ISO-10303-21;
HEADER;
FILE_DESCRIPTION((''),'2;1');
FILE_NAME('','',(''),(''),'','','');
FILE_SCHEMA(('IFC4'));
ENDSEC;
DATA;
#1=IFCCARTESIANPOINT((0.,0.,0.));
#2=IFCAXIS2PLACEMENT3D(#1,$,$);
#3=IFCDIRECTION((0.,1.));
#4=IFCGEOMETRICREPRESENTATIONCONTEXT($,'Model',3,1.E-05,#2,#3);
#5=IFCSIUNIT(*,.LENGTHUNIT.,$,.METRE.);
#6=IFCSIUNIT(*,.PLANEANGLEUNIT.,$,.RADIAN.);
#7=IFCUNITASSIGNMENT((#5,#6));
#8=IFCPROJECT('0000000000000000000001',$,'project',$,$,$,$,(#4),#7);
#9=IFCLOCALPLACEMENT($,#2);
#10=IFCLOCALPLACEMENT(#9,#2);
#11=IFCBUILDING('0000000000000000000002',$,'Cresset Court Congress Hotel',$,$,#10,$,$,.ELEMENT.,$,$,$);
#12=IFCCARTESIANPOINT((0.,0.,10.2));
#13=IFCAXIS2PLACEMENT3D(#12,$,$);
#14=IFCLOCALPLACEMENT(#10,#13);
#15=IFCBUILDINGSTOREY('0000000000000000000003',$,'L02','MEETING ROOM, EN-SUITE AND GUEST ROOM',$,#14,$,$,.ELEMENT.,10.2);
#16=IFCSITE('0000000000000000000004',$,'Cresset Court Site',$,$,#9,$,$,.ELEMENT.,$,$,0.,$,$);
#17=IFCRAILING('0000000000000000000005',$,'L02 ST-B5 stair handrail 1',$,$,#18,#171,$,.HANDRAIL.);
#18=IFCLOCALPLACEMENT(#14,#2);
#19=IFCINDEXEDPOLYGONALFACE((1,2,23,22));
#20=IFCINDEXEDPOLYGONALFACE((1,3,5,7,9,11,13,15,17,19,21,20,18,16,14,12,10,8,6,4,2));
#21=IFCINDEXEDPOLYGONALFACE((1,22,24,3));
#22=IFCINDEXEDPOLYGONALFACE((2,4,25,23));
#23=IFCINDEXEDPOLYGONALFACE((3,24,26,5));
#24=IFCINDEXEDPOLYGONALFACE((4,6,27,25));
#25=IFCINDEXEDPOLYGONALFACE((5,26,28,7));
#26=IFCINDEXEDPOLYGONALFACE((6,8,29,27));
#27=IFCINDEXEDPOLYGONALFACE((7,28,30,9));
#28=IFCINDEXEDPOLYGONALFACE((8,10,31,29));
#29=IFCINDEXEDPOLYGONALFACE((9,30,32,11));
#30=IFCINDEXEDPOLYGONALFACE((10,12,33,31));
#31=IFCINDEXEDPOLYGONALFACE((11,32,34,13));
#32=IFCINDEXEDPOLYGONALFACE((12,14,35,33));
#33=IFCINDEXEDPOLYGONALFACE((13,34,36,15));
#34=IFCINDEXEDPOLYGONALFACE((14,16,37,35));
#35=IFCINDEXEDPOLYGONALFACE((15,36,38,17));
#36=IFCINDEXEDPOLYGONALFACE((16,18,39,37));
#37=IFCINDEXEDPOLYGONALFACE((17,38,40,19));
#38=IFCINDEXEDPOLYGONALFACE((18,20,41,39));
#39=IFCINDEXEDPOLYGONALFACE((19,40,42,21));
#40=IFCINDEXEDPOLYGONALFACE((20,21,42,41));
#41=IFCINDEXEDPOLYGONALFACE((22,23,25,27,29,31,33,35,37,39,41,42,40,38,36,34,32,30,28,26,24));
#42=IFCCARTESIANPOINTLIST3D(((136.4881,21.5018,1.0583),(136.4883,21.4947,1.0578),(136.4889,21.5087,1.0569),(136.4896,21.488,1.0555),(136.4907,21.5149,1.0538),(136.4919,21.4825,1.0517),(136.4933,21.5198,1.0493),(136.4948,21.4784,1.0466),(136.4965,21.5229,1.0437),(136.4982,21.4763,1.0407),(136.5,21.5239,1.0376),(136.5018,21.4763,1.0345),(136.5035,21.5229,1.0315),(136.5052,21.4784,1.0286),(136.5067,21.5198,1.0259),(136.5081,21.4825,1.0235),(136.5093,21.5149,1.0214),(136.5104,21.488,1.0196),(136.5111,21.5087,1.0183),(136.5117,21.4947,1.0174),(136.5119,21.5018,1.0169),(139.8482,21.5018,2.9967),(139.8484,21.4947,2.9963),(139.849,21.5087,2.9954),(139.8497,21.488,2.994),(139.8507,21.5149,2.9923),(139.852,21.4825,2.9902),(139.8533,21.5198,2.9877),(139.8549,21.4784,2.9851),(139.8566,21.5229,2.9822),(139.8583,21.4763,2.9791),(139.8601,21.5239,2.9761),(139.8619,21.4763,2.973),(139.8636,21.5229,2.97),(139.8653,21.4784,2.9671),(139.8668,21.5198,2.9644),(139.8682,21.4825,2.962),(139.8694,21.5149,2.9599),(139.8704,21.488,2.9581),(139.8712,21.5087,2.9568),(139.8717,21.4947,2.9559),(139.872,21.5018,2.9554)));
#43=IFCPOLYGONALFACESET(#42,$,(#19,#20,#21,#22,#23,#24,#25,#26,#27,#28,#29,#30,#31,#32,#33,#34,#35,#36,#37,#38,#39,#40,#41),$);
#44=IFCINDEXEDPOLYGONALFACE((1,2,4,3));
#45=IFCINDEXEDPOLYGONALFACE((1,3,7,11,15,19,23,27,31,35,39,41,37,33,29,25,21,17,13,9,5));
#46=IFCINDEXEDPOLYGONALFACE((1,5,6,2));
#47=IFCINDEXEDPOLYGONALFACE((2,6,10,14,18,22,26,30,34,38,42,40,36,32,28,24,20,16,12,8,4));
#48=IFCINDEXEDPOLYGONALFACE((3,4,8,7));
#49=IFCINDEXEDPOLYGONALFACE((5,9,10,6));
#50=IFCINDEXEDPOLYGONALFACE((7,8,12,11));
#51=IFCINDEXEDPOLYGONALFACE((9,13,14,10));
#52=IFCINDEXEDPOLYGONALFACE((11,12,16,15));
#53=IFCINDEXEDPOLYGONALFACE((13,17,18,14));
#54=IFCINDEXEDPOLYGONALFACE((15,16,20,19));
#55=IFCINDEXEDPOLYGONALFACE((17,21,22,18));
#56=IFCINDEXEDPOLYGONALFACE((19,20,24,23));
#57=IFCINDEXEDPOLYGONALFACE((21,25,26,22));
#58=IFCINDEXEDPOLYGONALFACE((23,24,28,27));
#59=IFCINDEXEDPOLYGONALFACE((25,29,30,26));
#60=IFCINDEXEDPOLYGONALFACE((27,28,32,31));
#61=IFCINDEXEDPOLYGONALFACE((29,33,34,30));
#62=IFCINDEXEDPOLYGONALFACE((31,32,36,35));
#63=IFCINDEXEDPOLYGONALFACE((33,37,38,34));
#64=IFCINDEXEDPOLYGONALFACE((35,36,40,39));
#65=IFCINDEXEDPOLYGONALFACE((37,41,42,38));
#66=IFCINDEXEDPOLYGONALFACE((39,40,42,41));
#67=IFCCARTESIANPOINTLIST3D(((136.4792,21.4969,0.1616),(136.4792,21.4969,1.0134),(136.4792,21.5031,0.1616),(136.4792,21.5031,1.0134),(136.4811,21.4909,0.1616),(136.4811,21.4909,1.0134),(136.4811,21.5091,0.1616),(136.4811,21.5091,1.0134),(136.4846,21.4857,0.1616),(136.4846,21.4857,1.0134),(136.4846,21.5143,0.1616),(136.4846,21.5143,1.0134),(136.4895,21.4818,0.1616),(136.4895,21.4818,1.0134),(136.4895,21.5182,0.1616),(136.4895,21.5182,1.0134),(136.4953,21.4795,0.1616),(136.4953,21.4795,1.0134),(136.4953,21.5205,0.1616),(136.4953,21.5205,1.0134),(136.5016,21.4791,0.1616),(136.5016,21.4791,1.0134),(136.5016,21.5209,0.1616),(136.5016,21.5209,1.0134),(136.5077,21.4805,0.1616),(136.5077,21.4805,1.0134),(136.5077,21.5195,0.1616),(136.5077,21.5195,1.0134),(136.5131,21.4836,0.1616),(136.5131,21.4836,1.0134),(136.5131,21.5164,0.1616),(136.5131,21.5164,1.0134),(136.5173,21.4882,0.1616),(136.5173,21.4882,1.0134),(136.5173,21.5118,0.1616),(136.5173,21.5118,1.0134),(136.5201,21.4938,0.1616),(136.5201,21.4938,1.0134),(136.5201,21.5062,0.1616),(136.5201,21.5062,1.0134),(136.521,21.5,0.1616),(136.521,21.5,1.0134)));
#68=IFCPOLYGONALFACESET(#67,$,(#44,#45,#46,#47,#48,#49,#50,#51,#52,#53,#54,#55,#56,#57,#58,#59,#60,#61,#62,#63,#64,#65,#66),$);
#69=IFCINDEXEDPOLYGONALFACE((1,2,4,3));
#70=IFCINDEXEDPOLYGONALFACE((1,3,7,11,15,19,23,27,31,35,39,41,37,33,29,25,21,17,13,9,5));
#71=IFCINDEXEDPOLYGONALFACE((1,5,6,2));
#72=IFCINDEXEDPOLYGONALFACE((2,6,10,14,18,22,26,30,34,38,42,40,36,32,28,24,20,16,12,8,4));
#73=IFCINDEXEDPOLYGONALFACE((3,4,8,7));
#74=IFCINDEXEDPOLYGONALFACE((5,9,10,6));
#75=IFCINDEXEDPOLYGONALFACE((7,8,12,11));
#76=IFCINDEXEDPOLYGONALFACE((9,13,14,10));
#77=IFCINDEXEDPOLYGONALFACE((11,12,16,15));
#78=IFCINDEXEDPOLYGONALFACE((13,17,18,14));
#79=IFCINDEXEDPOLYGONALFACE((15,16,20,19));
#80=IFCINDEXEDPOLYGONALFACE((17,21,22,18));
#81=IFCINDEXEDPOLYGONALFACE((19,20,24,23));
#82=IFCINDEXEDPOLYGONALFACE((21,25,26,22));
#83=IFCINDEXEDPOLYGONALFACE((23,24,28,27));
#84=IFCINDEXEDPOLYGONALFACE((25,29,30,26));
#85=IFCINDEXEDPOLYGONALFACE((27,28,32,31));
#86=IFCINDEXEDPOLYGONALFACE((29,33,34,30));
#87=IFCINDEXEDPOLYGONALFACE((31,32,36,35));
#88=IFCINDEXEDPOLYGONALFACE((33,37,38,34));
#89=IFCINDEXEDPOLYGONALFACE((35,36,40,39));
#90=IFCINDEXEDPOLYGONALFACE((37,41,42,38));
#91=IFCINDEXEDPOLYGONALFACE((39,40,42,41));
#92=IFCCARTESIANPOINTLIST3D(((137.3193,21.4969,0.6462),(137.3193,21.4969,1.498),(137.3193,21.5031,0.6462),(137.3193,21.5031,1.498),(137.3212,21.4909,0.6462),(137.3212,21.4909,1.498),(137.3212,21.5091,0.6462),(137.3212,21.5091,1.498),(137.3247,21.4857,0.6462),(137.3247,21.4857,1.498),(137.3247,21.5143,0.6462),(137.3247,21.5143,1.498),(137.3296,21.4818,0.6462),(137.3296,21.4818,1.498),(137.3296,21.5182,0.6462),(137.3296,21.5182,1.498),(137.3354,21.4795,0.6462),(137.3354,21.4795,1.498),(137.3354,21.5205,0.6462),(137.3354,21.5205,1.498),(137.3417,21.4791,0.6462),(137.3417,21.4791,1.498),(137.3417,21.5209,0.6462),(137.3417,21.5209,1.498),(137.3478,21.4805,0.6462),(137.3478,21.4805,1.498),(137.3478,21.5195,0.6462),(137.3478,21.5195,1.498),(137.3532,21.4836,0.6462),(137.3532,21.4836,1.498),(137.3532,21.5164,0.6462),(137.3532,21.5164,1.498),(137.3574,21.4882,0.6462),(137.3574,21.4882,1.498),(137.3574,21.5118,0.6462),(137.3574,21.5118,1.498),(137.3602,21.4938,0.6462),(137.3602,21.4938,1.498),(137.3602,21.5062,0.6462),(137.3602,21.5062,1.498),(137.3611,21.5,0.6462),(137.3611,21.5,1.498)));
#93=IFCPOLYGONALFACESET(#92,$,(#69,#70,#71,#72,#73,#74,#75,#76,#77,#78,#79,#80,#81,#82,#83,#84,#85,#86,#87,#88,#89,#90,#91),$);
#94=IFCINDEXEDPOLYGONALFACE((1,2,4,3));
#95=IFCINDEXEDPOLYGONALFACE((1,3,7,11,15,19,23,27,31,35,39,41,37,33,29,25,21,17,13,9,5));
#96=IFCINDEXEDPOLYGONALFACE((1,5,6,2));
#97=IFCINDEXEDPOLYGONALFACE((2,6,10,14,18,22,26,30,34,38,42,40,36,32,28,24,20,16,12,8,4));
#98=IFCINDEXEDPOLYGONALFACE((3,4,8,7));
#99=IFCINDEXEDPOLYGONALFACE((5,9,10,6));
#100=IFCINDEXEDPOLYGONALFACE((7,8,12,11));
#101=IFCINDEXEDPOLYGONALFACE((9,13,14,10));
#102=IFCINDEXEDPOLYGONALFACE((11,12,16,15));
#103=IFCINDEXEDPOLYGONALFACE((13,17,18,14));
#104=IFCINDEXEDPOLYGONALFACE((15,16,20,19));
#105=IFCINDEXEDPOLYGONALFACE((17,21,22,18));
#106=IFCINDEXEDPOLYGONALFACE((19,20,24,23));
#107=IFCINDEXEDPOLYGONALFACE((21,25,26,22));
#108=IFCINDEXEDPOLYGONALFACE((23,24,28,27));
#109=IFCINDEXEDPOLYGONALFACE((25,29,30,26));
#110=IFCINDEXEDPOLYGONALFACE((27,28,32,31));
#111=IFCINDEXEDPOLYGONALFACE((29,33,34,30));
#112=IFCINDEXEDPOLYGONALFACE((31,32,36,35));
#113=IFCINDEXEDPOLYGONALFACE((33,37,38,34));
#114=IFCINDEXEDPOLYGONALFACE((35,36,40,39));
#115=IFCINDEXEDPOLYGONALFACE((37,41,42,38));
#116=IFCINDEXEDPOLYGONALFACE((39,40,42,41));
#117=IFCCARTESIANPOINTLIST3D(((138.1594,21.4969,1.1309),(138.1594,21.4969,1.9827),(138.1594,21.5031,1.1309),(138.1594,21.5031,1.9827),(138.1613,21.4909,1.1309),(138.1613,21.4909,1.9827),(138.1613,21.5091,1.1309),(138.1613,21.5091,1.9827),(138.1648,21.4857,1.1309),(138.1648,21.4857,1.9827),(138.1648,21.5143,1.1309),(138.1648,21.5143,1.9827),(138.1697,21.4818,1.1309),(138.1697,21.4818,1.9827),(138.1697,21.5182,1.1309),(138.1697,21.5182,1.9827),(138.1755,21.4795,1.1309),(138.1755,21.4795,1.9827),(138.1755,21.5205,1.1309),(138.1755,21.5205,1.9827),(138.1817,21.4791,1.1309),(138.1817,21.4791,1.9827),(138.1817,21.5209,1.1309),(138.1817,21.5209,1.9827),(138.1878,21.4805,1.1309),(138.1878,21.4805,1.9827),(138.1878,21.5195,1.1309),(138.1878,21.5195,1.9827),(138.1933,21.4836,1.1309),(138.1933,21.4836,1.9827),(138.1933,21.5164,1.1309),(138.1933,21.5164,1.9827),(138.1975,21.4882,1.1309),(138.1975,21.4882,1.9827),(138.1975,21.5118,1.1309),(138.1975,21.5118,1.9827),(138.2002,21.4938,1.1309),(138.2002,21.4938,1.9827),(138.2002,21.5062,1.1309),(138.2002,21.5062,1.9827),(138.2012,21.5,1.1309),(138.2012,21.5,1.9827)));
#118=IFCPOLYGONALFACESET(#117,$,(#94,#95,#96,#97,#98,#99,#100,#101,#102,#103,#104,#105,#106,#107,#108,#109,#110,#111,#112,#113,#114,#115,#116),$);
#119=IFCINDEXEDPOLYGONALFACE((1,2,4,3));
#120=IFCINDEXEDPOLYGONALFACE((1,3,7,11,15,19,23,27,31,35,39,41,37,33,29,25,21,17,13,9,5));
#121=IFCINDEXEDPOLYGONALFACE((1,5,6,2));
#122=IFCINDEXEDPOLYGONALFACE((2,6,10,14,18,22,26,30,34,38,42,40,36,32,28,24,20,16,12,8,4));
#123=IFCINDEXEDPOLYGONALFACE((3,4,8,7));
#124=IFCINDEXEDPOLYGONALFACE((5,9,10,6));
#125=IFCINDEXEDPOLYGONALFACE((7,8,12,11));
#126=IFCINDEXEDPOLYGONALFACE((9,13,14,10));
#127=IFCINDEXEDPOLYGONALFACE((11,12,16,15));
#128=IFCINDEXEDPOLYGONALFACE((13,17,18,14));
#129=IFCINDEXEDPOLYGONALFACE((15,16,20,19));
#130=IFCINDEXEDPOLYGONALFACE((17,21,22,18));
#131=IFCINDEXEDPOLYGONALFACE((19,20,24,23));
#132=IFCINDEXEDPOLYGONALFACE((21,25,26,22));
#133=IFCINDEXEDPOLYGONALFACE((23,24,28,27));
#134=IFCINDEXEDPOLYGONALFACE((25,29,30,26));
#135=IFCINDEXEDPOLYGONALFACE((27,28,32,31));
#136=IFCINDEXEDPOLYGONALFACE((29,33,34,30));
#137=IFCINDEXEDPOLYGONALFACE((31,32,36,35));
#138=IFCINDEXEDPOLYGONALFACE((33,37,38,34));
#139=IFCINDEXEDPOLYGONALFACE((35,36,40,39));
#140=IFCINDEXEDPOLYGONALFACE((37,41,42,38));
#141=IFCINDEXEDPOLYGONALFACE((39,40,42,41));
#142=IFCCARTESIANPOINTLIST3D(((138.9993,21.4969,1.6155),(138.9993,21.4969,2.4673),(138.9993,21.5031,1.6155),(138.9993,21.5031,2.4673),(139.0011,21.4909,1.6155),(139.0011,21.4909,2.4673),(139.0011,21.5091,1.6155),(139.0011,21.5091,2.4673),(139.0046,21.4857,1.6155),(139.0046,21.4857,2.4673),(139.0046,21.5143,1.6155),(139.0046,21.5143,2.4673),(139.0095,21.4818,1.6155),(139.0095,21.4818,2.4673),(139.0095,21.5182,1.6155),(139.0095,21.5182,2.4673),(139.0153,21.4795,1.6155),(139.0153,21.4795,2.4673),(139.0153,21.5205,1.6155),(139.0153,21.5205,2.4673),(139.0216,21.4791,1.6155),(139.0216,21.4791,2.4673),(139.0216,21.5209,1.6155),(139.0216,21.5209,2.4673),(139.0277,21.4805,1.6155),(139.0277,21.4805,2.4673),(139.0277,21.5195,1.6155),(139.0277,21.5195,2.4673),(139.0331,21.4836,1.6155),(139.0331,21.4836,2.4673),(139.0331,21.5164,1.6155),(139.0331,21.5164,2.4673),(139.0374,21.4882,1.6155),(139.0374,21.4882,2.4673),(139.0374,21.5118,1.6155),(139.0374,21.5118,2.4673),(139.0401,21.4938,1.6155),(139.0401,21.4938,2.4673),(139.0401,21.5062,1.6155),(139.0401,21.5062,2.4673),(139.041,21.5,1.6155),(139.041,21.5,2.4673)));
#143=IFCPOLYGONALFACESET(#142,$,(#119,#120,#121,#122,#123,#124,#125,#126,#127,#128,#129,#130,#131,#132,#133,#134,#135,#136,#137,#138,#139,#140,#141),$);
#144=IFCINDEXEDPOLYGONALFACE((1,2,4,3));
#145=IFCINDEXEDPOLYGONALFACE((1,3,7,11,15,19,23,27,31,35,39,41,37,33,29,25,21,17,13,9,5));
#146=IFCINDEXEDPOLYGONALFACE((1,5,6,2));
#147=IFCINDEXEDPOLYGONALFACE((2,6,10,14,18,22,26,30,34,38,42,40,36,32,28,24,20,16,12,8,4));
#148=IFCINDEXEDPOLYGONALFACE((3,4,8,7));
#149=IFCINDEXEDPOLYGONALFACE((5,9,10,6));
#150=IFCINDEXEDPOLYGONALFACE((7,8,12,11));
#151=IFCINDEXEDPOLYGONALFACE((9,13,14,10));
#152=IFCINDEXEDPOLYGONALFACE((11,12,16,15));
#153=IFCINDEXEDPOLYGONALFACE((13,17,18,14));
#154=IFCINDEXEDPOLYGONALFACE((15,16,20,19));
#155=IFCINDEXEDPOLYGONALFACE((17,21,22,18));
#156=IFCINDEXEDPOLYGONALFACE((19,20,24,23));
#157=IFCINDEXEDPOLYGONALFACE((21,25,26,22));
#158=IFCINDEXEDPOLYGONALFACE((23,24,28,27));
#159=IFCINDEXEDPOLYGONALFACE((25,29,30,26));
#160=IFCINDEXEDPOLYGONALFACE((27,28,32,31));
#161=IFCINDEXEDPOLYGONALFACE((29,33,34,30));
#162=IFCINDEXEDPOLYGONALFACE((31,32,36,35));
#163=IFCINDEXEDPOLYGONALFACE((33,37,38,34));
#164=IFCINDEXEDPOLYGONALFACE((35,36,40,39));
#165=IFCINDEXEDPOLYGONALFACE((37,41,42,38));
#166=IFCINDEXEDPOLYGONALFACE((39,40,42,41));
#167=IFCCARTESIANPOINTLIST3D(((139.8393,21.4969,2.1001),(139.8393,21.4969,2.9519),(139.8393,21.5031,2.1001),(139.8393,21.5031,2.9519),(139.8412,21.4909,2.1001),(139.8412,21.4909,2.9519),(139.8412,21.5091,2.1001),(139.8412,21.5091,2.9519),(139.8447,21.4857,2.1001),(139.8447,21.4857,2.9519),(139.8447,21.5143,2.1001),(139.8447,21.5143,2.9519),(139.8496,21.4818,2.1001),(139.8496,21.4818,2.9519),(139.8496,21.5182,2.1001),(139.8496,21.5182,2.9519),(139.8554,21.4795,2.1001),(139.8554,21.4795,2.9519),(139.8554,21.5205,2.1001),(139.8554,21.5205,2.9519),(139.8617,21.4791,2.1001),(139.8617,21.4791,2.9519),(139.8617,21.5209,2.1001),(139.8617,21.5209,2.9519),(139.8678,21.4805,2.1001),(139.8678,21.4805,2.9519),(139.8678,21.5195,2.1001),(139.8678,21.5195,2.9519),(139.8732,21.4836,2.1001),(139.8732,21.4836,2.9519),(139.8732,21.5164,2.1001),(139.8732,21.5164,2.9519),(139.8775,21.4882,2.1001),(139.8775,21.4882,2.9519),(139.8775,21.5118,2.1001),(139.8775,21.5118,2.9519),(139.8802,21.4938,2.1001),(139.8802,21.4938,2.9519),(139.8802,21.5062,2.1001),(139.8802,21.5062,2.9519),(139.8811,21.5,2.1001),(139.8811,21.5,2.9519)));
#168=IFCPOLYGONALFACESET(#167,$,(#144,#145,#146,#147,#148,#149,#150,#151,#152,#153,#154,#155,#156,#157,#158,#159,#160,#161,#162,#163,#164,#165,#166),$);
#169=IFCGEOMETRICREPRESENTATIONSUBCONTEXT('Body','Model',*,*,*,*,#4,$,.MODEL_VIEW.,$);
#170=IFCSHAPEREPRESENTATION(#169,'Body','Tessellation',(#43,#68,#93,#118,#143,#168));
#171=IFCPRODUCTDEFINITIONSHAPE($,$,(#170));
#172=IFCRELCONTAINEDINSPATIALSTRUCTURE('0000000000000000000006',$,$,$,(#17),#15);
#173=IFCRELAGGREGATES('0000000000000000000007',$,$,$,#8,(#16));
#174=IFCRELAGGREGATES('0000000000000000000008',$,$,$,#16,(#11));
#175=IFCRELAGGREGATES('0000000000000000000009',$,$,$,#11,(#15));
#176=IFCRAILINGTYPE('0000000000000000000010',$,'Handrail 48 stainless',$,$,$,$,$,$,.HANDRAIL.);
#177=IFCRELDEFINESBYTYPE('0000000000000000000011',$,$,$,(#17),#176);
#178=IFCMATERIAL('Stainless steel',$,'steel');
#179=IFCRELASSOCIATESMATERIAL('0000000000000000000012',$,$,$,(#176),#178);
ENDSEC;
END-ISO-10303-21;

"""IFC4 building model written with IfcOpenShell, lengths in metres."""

from ifc_helpers import new_model, si_unit, direction, frame, origin, origin_2d, place, context, subcontext, project, spatial, circle, extrude, material, type_object, element, save


model = new_model("IFC4")

# Units and contexts
model_context = context("Model", 3, precision=1e-05, world=origin(), true_north=direction((0.0, 1.0)))
body_context = subcontext(model_context, "Body", "Model", "MODEL_VIEW")
ifc_project = project(units=[si_unit("LENGTHUNIT", "METRE"), si_unit("PLANEANGLEUNIT", "RADIAN")], contexts=[model_context])

# Site, building, storey
site_placement = place(None, origin())
site = spatial("IfcSite", under=ifc_project, at=site_placement, Name="Cresset Court Site", CompositionType="ELEMENT", RefElevation=0.0)
building_placement = place(site_placement, origin())
building = spatial("IfcBuilding", under=site, at=building_placement, Name="Cresset Court Congress Hotel", CompositionType="ELEMENT")
storey_placement = place(building_placement, frame((0.0, 0.0, 10.2)))
storey = spatial("IfcBuildingStorey", under=building, at=storey_placement, Name="L02", Description="MEETING ROOM, EN-SUITE AND GUEST ROOM", CompositionType="ELEMENT", Elevation=10.2)

# Railing
ifc_material_1 = material(Name="Stainless steel", Category="steel")
railing_type_1 = type_object("IfcRailingType", Name="Handrail 48 stainless", PredefinedType="HANDRAIL", material=ifc_material_1)
railing_1_placement = place(storey_placement, frame((136.5, 21.5, 0.1616)))
element("IfcRailing", 1, at=railing_1_placement, inside=storey, type_object=railing_type_1, Name="L02 ST-B5 stair handrail 1", PredefinedType="HANDRAIL", context=body_context, shape_type="SweptSolid", body=[
    extrude(circle(Radius=0.0239, at=origin_2d()), frame((0.0, 0.0, 0.876), z_axis=(0.866191, 0.0, 0.499713), x_axis=(0.0, 1.0, 0.0)), (0.0, 0.0, 1.0), 3.8792),
    extrude(circle(Radius=0.021, at=origin_2d()), origin(), (0.0, 0.0, 1.0), 0.8518),
    extrude(circle(Radius=0.021, at=origin_2d()), frame((0.8401, 0.0, 0.4846)), (0.0, 0.0, 1.0), 0.8518),
    extrude(circle(Radius=0.021, at=origin_2d()), frame((1.6802, 0.0, 0.9692)), (0.0, 0.0, 1.0), 0.8518),
    extrude(circle(Radius=0.021, at=origin_2d()), frame((2.52, 0.0, 1.4539)), (0.0, 0.0, 1.0), 0.8518),
    extrude(circle(Radius=0.021, at=origin_2d()), frame((3.3601, 0.0, 1.9385)), (0.0, 0.0, 1.0), 0.8518),
])

save(model, "model.ifc")
